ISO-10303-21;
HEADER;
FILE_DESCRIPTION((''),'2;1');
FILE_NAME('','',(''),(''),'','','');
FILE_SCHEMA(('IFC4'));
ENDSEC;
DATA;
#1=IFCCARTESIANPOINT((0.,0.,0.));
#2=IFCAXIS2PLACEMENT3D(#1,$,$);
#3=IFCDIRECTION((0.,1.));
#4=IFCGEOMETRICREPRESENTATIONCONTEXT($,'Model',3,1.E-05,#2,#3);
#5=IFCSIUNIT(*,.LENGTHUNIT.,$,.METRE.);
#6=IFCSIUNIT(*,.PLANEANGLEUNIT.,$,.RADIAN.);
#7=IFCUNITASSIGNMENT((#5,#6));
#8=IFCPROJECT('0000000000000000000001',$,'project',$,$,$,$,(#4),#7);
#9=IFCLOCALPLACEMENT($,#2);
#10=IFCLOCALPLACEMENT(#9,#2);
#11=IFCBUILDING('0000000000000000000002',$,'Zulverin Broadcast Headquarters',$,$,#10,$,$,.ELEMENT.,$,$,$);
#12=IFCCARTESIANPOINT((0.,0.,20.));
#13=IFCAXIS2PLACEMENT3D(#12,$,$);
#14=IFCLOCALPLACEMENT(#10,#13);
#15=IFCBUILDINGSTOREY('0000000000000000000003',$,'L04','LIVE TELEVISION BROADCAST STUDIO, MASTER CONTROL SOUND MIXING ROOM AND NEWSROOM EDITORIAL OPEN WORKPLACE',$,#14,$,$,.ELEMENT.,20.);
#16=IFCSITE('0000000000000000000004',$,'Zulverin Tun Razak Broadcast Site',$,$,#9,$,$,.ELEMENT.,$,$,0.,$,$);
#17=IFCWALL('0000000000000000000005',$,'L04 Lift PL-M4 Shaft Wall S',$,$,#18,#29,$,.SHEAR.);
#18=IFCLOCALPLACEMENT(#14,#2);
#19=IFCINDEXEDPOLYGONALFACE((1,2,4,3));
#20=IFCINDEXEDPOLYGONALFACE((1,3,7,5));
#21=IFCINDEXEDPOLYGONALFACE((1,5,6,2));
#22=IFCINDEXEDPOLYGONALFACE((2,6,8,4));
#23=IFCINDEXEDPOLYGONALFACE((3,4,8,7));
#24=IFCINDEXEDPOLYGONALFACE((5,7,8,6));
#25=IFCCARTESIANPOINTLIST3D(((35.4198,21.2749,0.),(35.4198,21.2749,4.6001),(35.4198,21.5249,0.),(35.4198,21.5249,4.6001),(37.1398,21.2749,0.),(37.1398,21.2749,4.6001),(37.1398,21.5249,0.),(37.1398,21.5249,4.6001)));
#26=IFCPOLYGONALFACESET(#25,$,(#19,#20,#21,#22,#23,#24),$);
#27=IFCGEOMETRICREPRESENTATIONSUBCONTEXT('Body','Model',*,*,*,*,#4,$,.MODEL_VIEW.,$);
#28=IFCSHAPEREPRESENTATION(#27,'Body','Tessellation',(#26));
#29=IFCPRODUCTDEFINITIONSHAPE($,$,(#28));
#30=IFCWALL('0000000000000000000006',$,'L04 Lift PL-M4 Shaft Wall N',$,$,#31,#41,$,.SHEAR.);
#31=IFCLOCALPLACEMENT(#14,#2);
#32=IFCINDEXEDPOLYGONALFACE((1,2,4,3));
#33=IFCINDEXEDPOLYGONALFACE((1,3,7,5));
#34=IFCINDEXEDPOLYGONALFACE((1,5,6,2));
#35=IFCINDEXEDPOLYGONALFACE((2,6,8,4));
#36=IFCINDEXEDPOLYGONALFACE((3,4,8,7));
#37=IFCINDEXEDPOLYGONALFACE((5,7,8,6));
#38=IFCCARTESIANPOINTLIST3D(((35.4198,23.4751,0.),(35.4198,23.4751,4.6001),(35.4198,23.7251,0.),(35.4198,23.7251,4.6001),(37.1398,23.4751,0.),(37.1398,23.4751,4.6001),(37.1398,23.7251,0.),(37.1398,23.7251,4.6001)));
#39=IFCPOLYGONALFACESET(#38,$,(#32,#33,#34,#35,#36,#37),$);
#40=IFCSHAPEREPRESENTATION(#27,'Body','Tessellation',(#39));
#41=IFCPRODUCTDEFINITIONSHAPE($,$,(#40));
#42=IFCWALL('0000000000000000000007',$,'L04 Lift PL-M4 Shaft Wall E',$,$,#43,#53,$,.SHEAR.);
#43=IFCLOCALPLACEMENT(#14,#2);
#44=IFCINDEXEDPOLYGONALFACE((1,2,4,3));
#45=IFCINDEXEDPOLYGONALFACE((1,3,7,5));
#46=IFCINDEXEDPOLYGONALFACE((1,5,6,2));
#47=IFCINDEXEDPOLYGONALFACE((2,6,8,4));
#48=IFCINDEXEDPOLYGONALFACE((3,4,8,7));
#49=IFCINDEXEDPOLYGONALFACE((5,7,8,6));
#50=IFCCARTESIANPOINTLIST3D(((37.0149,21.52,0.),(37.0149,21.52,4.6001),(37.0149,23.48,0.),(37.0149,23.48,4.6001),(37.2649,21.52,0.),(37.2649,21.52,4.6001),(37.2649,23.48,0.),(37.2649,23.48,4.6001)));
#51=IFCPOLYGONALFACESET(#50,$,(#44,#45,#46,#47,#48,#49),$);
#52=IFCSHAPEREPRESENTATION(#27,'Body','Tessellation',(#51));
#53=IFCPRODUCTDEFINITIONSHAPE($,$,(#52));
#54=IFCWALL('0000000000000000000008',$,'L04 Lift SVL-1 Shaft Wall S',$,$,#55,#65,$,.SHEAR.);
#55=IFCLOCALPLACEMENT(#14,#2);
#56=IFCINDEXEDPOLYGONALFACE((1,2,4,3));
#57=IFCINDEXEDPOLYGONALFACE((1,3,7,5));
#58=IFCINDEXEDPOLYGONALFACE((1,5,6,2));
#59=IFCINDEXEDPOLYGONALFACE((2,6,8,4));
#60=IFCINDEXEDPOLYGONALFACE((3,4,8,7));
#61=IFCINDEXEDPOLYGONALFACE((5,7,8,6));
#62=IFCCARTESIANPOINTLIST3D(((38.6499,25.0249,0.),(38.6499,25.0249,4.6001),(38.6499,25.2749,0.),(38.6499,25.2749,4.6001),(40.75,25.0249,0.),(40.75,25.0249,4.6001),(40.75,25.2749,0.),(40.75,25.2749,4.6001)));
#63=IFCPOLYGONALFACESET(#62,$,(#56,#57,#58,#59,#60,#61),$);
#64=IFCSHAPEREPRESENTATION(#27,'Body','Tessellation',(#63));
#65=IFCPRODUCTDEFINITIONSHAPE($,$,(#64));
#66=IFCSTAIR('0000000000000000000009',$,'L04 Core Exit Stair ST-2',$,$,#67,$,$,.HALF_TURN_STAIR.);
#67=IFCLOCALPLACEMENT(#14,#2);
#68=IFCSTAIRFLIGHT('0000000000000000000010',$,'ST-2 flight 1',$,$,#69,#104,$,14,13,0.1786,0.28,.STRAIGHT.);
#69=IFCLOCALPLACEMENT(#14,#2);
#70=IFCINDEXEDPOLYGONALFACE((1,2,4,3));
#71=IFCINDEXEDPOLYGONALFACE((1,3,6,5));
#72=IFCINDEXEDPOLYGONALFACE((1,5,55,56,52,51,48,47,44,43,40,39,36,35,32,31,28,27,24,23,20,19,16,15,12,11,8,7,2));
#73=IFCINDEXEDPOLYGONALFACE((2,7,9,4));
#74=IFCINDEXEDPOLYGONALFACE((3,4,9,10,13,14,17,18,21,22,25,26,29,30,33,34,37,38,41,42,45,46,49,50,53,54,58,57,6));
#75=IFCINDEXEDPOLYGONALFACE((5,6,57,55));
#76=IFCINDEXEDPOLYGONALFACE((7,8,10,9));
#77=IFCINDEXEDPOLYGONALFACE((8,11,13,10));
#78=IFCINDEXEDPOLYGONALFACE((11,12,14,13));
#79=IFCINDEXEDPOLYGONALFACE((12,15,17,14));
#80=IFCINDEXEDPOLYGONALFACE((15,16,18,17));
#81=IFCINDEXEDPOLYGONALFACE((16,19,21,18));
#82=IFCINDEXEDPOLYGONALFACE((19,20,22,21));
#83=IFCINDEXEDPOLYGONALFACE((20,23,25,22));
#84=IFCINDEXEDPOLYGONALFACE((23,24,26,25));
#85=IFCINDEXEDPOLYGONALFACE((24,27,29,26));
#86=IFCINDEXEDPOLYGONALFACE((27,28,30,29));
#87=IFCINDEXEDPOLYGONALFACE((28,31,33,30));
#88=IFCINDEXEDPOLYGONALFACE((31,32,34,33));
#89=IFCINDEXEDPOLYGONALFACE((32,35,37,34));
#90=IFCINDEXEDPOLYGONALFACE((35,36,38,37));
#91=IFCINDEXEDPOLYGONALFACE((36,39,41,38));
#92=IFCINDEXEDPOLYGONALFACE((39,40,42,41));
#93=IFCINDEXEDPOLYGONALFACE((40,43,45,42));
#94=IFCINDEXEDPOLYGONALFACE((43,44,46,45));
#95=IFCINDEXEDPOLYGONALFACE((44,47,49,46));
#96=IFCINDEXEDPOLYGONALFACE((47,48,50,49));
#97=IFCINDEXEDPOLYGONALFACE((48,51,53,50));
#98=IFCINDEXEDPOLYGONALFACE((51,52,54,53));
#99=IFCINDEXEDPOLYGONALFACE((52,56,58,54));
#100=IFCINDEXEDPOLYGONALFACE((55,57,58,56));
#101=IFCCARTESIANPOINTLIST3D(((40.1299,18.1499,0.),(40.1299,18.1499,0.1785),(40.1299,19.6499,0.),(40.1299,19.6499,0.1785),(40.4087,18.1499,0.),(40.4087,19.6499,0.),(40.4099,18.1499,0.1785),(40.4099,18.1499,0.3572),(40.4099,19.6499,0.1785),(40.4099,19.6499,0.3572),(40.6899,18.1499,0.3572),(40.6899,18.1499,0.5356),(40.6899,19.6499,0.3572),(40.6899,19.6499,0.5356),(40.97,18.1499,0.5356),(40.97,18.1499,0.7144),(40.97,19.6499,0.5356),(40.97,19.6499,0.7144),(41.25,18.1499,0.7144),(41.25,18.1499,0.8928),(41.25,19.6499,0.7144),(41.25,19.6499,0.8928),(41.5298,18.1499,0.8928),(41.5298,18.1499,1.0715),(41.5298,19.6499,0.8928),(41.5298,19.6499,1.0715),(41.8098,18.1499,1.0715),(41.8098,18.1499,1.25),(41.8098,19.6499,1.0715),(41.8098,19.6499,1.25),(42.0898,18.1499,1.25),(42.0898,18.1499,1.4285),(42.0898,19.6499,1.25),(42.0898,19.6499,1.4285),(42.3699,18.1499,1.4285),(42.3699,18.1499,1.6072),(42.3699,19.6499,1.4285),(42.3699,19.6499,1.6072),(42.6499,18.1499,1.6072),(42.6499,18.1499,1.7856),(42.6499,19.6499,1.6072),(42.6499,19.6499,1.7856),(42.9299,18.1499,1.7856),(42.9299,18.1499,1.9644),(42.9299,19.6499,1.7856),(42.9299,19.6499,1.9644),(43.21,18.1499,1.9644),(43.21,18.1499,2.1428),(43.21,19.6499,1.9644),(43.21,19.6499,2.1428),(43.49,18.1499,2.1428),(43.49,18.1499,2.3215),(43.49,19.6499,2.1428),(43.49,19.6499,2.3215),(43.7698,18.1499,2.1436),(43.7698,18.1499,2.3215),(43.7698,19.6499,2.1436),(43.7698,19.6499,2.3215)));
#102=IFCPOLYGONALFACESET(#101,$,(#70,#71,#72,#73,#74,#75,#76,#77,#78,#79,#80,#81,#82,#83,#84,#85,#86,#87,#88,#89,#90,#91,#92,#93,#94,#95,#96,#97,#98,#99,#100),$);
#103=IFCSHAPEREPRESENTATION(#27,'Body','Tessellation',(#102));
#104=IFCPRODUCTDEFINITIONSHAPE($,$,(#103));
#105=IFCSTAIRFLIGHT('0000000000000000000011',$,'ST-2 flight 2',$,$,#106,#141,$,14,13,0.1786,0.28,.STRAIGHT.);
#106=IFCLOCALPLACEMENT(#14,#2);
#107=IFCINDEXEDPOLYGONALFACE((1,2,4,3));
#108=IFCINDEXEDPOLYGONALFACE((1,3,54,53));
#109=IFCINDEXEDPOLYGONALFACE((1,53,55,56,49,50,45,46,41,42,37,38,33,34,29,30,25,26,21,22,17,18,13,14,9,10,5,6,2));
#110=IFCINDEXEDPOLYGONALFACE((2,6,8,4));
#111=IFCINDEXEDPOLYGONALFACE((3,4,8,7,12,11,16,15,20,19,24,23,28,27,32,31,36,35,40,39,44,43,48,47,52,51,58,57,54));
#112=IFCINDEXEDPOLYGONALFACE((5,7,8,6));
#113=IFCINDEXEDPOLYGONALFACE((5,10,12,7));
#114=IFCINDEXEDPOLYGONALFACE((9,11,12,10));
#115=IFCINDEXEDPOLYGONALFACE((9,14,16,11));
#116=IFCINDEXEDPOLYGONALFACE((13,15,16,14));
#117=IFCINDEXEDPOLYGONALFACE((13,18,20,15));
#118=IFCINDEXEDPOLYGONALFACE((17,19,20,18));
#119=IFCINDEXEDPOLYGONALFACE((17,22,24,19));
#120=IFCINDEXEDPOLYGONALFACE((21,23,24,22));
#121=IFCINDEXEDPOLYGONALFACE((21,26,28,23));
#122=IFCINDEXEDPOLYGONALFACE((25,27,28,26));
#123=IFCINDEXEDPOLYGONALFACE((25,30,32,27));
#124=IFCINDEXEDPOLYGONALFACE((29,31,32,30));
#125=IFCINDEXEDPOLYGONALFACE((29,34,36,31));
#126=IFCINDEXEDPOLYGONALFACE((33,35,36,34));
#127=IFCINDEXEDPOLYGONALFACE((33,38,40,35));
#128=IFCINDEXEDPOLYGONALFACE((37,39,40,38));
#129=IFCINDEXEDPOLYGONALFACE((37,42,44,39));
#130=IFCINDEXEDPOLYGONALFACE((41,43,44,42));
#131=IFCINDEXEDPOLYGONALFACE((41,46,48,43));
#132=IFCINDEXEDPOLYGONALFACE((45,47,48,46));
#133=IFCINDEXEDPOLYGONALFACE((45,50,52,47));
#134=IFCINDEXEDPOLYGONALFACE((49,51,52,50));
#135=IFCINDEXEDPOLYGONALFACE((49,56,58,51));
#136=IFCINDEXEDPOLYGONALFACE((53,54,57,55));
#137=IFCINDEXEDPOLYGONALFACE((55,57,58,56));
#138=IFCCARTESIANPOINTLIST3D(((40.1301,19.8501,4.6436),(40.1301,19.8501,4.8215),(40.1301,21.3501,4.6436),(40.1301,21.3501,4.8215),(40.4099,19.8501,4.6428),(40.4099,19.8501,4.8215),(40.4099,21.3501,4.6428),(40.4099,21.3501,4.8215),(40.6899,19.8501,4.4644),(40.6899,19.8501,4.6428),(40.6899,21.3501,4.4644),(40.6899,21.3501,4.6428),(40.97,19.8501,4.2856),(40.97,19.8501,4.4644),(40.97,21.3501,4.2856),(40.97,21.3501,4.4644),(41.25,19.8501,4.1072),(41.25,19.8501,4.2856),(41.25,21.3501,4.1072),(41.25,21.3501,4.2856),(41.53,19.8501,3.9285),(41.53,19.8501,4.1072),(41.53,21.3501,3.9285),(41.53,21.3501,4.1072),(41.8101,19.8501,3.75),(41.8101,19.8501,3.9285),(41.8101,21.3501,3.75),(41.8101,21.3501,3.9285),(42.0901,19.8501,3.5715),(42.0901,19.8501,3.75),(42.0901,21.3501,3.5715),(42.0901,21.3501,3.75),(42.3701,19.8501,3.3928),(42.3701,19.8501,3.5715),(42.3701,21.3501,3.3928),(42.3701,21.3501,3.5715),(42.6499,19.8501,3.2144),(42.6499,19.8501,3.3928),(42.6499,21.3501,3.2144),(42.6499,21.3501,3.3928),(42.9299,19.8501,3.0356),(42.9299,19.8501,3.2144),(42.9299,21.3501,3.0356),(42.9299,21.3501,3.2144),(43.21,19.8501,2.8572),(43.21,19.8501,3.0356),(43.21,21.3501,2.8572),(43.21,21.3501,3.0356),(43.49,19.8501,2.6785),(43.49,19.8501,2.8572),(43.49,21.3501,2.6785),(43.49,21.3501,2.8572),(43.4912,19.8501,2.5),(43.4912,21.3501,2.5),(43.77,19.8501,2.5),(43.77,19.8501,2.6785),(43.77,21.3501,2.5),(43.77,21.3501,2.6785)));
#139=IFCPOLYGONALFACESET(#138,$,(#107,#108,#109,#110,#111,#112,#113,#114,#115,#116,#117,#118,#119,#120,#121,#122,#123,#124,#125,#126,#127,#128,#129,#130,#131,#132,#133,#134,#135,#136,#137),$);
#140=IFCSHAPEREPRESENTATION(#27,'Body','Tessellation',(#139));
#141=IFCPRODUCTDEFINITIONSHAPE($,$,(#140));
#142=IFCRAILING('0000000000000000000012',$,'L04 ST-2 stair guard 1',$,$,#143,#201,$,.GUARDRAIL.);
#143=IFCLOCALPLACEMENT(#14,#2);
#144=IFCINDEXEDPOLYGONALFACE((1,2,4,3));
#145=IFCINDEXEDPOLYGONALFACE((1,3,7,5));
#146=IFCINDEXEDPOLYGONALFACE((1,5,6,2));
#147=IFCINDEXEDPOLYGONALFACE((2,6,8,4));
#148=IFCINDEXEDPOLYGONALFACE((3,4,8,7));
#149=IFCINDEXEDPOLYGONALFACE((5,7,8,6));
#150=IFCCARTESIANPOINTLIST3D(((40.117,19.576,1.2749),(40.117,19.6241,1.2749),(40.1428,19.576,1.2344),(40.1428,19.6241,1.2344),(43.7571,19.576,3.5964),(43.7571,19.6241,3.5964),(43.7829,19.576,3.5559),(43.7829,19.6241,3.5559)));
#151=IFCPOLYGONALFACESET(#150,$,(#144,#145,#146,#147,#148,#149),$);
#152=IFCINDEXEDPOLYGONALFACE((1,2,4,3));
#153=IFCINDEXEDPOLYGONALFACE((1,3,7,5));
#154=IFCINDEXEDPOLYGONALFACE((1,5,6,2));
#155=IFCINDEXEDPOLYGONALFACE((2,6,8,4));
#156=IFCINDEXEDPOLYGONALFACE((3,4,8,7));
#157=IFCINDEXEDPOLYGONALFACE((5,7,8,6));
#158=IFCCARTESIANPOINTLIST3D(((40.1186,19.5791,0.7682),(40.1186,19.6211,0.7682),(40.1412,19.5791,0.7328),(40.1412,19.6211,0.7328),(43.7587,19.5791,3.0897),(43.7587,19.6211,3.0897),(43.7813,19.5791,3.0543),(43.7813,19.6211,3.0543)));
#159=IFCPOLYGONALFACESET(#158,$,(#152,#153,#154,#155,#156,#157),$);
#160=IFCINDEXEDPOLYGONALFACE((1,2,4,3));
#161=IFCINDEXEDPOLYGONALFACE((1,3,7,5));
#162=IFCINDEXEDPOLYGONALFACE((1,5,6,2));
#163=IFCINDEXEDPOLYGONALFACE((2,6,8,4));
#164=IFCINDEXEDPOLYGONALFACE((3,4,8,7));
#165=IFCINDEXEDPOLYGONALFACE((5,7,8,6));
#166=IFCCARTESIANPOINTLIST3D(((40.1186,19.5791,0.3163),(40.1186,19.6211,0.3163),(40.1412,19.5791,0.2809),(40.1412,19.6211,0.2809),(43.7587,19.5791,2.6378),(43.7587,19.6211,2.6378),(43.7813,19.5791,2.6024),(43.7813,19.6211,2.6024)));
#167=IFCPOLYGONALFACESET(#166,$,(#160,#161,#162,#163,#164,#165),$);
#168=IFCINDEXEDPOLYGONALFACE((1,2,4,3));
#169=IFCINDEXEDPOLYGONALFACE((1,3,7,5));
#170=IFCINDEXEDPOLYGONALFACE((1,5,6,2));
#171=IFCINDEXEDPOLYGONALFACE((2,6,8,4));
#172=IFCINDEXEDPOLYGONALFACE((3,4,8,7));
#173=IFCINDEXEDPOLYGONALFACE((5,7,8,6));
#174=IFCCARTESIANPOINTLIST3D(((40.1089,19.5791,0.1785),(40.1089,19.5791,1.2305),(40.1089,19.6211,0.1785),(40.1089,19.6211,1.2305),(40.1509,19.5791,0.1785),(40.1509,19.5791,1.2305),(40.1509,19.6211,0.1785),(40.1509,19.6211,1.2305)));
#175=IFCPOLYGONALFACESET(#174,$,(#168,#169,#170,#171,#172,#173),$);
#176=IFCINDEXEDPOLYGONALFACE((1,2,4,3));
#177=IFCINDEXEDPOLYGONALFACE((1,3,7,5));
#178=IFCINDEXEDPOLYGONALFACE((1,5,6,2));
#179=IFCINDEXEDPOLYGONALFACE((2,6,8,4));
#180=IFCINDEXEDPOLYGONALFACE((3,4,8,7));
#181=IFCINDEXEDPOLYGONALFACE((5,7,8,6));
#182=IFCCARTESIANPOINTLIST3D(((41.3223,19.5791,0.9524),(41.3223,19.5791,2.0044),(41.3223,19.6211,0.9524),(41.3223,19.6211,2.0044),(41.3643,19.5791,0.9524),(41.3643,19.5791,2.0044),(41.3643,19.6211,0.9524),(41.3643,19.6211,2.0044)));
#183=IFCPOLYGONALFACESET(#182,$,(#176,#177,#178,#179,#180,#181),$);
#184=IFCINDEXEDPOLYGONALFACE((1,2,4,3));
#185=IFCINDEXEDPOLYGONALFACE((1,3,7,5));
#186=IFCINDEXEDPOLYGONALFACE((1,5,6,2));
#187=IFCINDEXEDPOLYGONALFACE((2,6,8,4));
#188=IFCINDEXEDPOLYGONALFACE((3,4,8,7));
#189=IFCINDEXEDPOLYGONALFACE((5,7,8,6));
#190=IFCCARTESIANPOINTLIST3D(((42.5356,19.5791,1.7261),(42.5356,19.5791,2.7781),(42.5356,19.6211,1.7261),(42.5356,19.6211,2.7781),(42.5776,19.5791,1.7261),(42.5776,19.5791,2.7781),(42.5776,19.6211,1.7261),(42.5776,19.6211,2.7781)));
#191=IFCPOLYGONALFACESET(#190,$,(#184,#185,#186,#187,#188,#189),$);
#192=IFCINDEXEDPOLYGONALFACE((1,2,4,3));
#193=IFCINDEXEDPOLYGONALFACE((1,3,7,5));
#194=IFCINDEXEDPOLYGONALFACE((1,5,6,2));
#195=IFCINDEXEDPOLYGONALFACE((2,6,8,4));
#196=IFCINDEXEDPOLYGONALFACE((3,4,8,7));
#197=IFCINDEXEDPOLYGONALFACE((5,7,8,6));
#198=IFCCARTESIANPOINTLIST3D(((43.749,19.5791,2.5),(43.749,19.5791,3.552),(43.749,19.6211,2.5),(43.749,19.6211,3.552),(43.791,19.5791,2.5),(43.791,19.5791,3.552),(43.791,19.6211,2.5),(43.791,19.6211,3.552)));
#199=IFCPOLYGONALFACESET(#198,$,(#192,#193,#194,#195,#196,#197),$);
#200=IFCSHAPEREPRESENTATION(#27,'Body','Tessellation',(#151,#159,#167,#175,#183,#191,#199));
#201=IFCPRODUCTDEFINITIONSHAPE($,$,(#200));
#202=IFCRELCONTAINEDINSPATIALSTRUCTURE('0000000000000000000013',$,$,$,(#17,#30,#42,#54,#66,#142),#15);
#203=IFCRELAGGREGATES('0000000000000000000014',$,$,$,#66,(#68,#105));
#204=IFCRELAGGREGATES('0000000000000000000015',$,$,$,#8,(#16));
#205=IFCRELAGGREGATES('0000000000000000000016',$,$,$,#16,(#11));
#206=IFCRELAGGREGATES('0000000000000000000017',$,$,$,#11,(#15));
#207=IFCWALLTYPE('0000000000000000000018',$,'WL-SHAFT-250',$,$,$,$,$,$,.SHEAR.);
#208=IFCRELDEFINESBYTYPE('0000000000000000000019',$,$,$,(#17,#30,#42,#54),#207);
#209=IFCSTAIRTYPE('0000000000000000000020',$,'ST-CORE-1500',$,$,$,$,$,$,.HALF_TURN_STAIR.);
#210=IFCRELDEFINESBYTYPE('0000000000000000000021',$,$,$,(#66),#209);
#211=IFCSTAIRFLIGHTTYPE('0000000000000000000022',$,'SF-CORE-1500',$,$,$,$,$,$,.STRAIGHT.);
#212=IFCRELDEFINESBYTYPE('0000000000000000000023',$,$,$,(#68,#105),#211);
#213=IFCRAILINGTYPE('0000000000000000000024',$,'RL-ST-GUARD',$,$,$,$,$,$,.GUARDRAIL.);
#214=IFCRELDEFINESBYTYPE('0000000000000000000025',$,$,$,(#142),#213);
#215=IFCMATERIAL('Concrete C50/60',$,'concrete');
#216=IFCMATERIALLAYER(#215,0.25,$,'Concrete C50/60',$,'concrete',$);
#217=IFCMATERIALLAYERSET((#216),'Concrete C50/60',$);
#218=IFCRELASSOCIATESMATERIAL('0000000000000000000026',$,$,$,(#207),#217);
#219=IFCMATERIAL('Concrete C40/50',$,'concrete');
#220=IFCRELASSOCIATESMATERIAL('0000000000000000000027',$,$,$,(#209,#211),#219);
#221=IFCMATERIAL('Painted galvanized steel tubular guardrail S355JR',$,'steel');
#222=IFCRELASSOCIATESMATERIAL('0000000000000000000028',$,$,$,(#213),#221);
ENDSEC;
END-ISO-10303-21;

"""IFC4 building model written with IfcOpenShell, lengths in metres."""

from ifc_helpers import new_model, si_unit, direction, frame, frame_2d, origin, origin_2d, place, context, subcontext, project, spatial, polyline, rectangle, outline, extrude, material, layer, layer_set, type_object, element, aggregate, save


model = new_model("IFC4")

# Units and contexts
model_context = context("Model", 3, precision=1e-05, world=origin(), true_north=direction((0.0, 1.0)))
body_context = subcontext(model_context, "Body", "Model", "MODEL_VIEW")
ifc_project = project(units=[si_unit("LENGTHUNIT", "METRE"), si_unit("PLANEANGLEUNIT", "RADIAN")], contexts=[model_context])

# Site, building, storey
site_placement = place(None, origin())
site = spatial("IfcSite", under=ifc_project, at=site_placement, Name="Zulverin Tun Razak Broadcast Site", CompositionType="ELEMENT", RefElevation=0.0)
building_placement = place(site_placement, origin())
building = spatial("IfcBuilding", under=site, at=building_placement, Name="Zulverin Broadcast Headquarters", CompositionType="ELEMENT")
storey_placement = place(building_placement, frame((0.0, 0.0, 20.0)))
storey = spatial("IfcBuildingStorey", under=building, at=storey_placement, Name="L04", Description="LIVE TELEVISION BROADCAST STUDIO, MASTER CONTROL SOUND MIXING ROOM AND NEWSROOM EDITORIAL OPEN WORKPLACE", CompositionType="ELEMENT", Elevation=20.0)

# Shared definitions
ifc_material_1 = material(Name="Concrete C40/50", Category="concrete")

# Shared definitions
ifc_material_2 = material(Name="Concrete C50/60", Category="concrete")
ifc_layer_1 = layer(ifc_material_2, 0.25, Name="Concrete C50/60", Category="concrete")
ifc_layer_set_1 = layer_set([ifc_layer_1], Name="Concrete C50/60")
wall_type_1 = type_object("IfcWallType", Name="WL-SHAFT-250", PredefinedType="SHEAR", material=ifc_layer_set_1)

# Walls
for number, where, z_axis, x_axis, name in (
    (1, (35.4199, 21.3999, 0.0), (0.0, 0.0, 1.0), (1.0, 0.0, 0.0), "L04 Lift PL-M4 Shaft Wall S"),
    (2, (35.4199, 23.6001, 0.0), (0.0, 0.0, 1.0), (1.0, 0.0, 0.0), "L04 Lift PL-M4 Shaft Wall N"),
):
    element("IfcWall", number, at=place(storey_placement, frame(where, z_axis=z_axis, x_axis=x_axis)), inside=storey, type_object=wall_type_1, Name=name, PredefinedType="SHEAR", context=body_context, shape_type="SweptSolid", body=[
        extrude(rectangle(XDim=1.72, YDim=0.25, at=frame_2d((0.8599, 0.0))), origin(), (0.0, 0.0, 1.0), 4.6001),
    ])
wall_1_placement = place(storey_placement, frame((37.1399, 21.52, 0.0), z_axis=(0.0, 0.0, 1.0), x_axis=(0.0, 1.0, 0.0)))
element("IfcWall", 3, at=wall_1_placement, inside=storey, type_object=wall_type_1, Name="L04 Lift PL-M4 Shaft Wall E", PredefinedType="SHEAR", context=body_context, shape_type="SweptSolid", body=[
    extrude(rectangle(XDim=1.96, YDim=0.25, at=frame_2d((0.98, 0.0))), origin(), (0.0, 0.0, 1.0), 4.6001),
])
wall_2_placement = place(storey_placement, frame((38.6499, 25.1499, 0.0), z_axis=(0.0, 0.0, 1.0), x_axis=(1.0, 0.0, 0.0)))
element("IfcWall", 4, at=wall_2_placement, inside=storey, type_object=wall_type_1, Name="L04 Lift SVL-1 Shaft Wall S", PredefinedType="SHEAR", context=body_context, shape_type="SweptSolid", body=[
    extrude(rectangle(XDim=2.1001, YDim=0.25, at=frame_2d((1.05, 0.0))), origin(), (0.0, 0.0, 1.0), 4.6001),
])

# Stair, stair flights
stair_type = type_object("IfcStairType", Name="ST-CORE-1500", PredefinedType="HALF_TURN_STAIR", material=ifc_material_1)
stair_placement = place(storey_placement, origin())
stair = element("IfcStair", 5, at=stair_placement, inside=storey, type_object=stair_type, Name="L04 Core Exit Stair ST-2", PredefinedType="HALF_TURN_STAIR")
stair_flight_type = type_object("IfcStairFlightType", Name="SF-CORE-1500", PredefinedType="STRAIGHT", material=ifc_material_1)
stair_flight_1_placement = place(storey_placement, frame((40.1299, 18.8999, 0.0), z_axis=(0.0, 0.0, 1.0), x_axis=(1.0, 0.0, 0.0)))
stair_flight_1 = element("IfcStairFlight", 6, at=stair_flight_1_placement, type_object=stair_flight_type, Name="ST-2 flight 1", NumberOfRisers=14, NumberOfTreads=13, PredefinedType="STRAIGHT", RiserHeight=0.1786, TreadLength=0.28, context=body_context, shape_type="SweptSolid", body=[
    extrude(outline(polyline([(0.0, 0.0), (0.0, 0.1785), (0.28, 0.1785), (0.28, 0.3572), (0.5601, 0.3572), (0.5601, 0.5356), (0.8401, 0.5356), (0.8401, 0.7144), (1.1201, 0.7144), (1.1201, 0.8928), (1.3999, 0.8928), (1.3999, 1.0715), (1.6799, 1.0715), (1.6799, 1.25), (1.96, 1.25), (1.96, 1.4285), (2.24, 1.4285), (2.24, 1.6072), (2.52, 1.6072), (2.52, 1.7856), (2.8, 1.7856), (2.8, 1.9644), (3.0801, 1.9644), (3.0801, 2.1428), (3.3601, 2.1428), (3.3601, 2.3215), (3.6399, 2.3215), (3.6399, 2.5), (3.6399, 2.1436), (0.2788, 0.0), (0.0, 0.0)])), frame((0.0, 0.75, 0.0), z_axis=(0.0, -1.0, 0.0), x_axis=(1.0, 0.0, 0.0)), (0.0, 0.0, 1.0), 1.5),
])
stair_flight_2_placement = place(storey_placement, frame((43.77, 20.6001, 2.5), z_axis=(0.0, 0.0, 1.0), x_axis=(-1.0, 0.0, 0.0)))
stair_flight_2 = element("IfcStairFlight", 7, at=stair_flight_2_placement, type_object=stair_flight_type, Name="ST-2 flight 2", NumberOfRisers=14, NumberOfTreads=13, PredefinedType="STRAIGHT", RiserHeight=0.1786, TreadLength=0.28, context=body_context, shape_type="SweptSolid", body=[
    extrude(outline(polyline([(0.0, 0.0), (0.0, 0.1785), (0.28, 0.1785), (0.28, 0.3572), (0.5601, 0.3572), (0.5601, 0.5356), (0.8401, 0.5356), (0.8401, 0.7144), (1.1201, 0.7144), (1.1201, 0.8928), (1.3999, 0.8928), (1.3999, 1.0715), (1.6799, 1.0715), (1.6799, 1.25), (1.96, 1.25), (1.96, 1.4285), (2.24, 1.4285), (2.24, 1.6072), (2.52, 1.6072), (2.52, 1.7856), (2.8, 1.7856), (2.8, 1.9644), (3.0801, 1.9644), (3.0801, 2.1428), (3.3601, 2.1428), (3.3601, 2.3215), (3.6399, 2.3215), (3.6399, 2.5), (3.6399, 2.1436), (0.2788, 0.0), (0.0, 0.0)])), frame((0.0, 0.75, 0.0), z_axis=(0.0, -1.0, 0.0), x_axis=(1.0, 0.0, 0.0)), (0.0, 0.0, 1.0), 1.5),
])
aggregate(stair, [stair_flight_1, stair_flight_2])

# Railing
ifc_material_3 = material(Name="Painted galvanized steel tubular guardrail S355JR", Category="steel")
railing_type_1 = type_object("IfcRailingType", Name="RL-ST-GUARD", PredefinedType="GUARDRAIL", material=ifc_material_3)
railing_1_placement = place(storey_placement, frame((40.1299, 19.6001, 0.1785)))
element("IfcRailing", 8, at=railing_1_placement, inside=storey, type_object=railing_type_1, Name="L04 ST-2 stair guard 1", PredefinedType="GUARDRAIL", context=body_context, shape_type="SweptSolid", body=[
    extrude(rectangle(XDim=0.0481, YDim=0.0481, at=origin_2d()), frame((0.0, 0.0, 1.0762), z_axis=(0.843128, 0.0, 0.537713), x_axis=(0.0, 1.0, 0.0)), (0.0, 0.0, 1.0), 4.3174),
    extrude(rectangle(XDim=0.042, YDim=0.042, at=origin_2d()), frame((0.0, 0.0, 0.572), z_axis=(0.843128, 0.0, 0.537713), x_axis=(0.0, 1.0, 0.0)), (0.0, 0.0, 1.0), 4.3174),
    extrude(rectangle(XDim=0.042, YDim=0.042, at=origin_2d()), frame((0.0, 0.0, 0.1201), z_axis=(0.843128, 0.0, 0.537713), x_axis=(0.0, 1.0, 0.0)), (0.0, 0.0, 1.0), 4.3174),
    extrude(rectangle(XDim=0.042, YDim=0.042, at=origin_2d()), origin(), (0.0, 0.0, 1.0), 1.052),
    extrude(rectangle(XDim=0.042, YDim=0.042, at=origin_2d()), frame((1.2134, 0.0, 0.7739)), (0.0, 0.0, 1.0), 1.052),
    extrude(rectangle(XDim=0.042, YDim=0.042, at=origin_2d()), frame((2.4268, 0.0, 1.5476)), (0.0, 0.0, 1.0), 1.052),
    extrude(rectangle(XDim=0.042, YDim=0.042, at=origin_2d()), frame((3.6401, 0.0, 2.3215)), (0.0, 0.0, 1.0), 1.052),
])

save(model, "model.ifc")
